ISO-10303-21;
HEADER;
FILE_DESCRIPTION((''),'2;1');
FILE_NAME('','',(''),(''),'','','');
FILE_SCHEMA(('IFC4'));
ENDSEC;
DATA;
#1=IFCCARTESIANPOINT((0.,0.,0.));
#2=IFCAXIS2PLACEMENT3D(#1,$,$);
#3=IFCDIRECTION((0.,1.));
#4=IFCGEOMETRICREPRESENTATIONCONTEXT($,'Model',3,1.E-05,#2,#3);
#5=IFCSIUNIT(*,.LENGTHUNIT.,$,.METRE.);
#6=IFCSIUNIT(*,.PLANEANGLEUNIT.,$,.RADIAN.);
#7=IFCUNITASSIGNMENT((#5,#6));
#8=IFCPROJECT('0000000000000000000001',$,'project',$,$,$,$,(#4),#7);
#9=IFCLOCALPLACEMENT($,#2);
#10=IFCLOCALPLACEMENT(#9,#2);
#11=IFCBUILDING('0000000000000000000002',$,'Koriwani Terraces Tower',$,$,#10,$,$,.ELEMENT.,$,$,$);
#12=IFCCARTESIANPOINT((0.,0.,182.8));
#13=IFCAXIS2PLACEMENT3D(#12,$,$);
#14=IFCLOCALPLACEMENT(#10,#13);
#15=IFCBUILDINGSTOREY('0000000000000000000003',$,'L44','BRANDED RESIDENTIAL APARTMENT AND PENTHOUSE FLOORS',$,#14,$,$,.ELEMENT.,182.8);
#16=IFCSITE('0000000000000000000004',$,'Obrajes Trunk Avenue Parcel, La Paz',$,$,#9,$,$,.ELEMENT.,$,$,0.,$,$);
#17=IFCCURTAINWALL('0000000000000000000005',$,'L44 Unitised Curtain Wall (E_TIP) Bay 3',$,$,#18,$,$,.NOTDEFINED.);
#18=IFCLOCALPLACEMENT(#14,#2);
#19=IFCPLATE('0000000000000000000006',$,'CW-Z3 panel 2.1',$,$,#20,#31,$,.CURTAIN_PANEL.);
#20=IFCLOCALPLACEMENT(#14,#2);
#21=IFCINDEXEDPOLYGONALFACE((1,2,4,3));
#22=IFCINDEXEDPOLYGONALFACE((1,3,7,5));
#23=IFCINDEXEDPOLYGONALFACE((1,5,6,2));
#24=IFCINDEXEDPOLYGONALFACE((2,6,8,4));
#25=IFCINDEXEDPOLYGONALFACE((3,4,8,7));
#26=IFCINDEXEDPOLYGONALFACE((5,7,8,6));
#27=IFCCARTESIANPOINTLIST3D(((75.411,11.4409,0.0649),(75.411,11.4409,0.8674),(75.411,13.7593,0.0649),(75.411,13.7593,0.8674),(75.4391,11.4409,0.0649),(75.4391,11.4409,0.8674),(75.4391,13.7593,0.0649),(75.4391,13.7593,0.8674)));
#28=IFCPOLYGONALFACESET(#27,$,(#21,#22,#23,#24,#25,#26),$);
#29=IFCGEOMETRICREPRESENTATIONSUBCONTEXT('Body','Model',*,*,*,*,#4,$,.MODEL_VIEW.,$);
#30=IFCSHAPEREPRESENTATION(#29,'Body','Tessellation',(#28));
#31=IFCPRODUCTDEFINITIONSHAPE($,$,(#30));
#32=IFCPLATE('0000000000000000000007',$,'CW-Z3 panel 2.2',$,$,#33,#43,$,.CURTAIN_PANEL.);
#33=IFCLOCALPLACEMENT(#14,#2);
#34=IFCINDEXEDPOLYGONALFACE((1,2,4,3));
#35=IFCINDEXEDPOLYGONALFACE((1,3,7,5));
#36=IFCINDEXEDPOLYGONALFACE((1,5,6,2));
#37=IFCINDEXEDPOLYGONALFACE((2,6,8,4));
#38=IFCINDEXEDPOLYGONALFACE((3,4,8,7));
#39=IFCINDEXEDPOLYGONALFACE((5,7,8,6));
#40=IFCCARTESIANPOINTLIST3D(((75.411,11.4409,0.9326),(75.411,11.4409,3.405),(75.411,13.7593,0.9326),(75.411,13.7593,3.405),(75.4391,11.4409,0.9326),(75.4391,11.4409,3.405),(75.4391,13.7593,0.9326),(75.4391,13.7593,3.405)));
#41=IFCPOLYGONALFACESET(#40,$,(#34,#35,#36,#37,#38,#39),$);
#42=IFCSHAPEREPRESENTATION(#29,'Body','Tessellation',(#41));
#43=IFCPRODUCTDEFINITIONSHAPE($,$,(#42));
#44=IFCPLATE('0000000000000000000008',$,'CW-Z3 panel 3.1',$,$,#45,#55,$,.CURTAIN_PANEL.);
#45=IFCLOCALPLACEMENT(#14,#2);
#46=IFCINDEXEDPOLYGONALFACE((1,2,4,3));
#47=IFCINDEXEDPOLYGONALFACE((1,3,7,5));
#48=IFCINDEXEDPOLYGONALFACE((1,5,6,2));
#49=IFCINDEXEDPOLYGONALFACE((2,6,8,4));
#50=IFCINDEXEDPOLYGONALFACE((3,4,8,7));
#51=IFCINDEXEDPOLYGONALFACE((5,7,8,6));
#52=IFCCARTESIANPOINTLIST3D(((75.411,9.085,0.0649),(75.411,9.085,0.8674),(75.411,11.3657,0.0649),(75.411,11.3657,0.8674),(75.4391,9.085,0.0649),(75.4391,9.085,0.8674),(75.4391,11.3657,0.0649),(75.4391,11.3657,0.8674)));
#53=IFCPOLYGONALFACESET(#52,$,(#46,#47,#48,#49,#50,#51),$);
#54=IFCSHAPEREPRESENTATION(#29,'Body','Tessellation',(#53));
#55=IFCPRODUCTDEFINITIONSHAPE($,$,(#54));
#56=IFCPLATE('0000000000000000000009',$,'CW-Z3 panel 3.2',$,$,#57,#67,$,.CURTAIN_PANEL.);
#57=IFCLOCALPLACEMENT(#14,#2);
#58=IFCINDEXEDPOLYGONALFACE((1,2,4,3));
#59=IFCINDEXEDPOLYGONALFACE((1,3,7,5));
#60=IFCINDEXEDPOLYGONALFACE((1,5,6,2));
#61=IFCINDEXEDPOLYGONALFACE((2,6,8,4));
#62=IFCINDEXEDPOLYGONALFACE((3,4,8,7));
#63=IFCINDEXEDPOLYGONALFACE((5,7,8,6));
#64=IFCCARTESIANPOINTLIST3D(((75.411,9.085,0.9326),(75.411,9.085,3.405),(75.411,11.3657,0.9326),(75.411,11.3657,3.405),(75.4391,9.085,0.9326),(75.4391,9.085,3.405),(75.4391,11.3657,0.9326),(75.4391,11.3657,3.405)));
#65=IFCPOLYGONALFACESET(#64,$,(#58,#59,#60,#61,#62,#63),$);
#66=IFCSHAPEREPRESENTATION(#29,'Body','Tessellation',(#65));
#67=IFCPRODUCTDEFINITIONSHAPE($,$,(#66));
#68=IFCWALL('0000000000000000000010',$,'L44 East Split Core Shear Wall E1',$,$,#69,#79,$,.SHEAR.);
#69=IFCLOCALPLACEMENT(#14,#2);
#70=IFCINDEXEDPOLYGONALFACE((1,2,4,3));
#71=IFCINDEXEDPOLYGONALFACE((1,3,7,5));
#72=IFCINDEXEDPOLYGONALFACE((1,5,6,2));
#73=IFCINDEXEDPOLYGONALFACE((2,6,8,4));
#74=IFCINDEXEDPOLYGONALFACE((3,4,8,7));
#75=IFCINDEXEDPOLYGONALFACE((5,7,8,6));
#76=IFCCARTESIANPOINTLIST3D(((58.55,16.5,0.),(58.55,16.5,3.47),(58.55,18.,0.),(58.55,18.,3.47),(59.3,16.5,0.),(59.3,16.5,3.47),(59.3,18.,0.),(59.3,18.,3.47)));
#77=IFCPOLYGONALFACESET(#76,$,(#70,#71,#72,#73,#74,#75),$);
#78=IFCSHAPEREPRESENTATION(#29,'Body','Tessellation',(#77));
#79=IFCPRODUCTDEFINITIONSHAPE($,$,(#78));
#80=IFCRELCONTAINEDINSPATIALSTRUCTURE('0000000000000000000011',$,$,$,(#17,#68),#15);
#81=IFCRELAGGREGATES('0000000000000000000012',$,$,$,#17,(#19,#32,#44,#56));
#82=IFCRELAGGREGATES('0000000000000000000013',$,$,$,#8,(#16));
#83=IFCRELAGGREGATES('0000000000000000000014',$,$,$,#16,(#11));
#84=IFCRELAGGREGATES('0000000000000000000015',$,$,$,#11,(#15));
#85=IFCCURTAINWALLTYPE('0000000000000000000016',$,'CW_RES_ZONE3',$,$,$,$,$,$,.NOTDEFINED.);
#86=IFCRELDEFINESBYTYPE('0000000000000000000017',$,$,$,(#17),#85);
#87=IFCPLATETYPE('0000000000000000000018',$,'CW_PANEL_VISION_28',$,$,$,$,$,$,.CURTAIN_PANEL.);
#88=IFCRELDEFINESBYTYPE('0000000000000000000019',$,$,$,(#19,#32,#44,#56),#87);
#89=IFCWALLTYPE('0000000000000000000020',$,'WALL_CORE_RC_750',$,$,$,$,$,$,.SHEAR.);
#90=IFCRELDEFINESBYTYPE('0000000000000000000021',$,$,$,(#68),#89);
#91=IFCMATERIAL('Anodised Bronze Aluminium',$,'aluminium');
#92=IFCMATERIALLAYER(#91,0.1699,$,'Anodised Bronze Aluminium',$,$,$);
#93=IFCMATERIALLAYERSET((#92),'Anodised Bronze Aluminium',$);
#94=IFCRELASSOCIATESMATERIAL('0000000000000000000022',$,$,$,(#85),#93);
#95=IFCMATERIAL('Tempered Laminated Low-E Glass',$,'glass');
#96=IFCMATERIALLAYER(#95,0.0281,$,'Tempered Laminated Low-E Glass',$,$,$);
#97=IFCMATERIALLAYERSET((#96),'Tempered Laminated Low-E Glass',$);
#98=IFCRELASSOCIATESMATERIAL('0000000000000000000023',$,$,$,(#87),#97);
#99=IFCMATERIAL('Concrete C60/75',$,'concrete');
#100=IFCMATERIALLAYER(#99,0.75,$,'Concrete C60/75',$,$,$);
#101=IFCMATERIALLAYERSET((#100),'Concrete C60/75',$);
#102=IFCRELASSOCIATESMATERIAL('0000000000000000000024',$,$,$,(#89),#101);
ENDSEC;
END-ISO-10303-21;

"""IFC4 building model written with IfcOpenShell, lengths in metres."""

from ifc_helpers import new_model, si_unit, direction, frame, frame_2d, origin, origin_2d, place, context, subcontext, project, spatial, rectangle, extrude, material, layer, layer_set, type_object, element, aggregate, save


model = new_model("IFC4")

# Units and contexts
model_context = context("Model", 3, precision=1e-05, world=origin(), true_north=direction((0.0, 1.0)))
body_context = subcontext(model_context, "Body", "Model", "MODEL_VIEW")
ifc_project = project(units=[si_unit("LENGTHUNIT", "METRE"), si_unit("PLANEANGLEUNIT", "RADIAN")], contexts=[model_context])

# Site, building, storey
site_placement = place(None, origin())
site = spatial("IfcSite", under=ifc_project, at=site_placement, Name="Obrajes Trunk Avenue Parcel, La Paz", CompositionType="ELEMENT", RefElevation=0.0)
building_placement = place(site_placement, origin())
building = spatial("IfcBuilding", under=site, at=building_placement, Name="Koriwani Terraces Tower", CompositionType="ELEMENT")
storey_placement = place(building_placement, frame((0.0, 0.0, 182.8)))
storey = spatial("IfcBuildingStorey", under=building, at=storey_placement, Name="L44", Description="BRANDED RESIDENTIAL APARTMENT AND PENTHOUSE FLOORS", CompositionType="ELEMENT", Elevation=182.8)

# Shared definitions
ifc_material_1 = material(Name="Concrete C60/75", Category="concrete")

# Shared definitions
ifc_material_2 = material(Name="Anodised Bronze Aluminium", Category="aluminium")
ifc_layer_1 = layer(ifc_material_2, 0.1699, Name="Anodised Bronze Aluminium")
ifc_layer_set_1 = layer_set([ifc_layer_1], Name="Anodised Bronze Aluminium")
curtain_wall_type = type_object("IfcCurtainWallType", Name="CW_RES_ZONE3", PredefinedType="NOTDEFINED", material=ifc_layer_set_1)

# Curtain wall
curtain_wall_1_placement = place(storey_placement, origin())
curtain_wall_1 = element("IfcCurtainWall", 1, at=curtain_wall_1_placement, inside=storey, type_object=curtain_wall_type, Name="L44 Unitised Curtain Wall (E_TIP) Bay 3", PredefinedType="NOTDEFINED")

# Plates
ifc_material_3 = material(Name="Tempered Laminated Low-E Glass", Category="glass")
ifc_layer_2 = layer(ifc_material_3, 0.0281, Name="Tempered Laminated Low-E Glass")
ifc_layer_set_2 = layer_set([ifc_layer_2], Name="Tempered Laminated Low-E Glass")
plate_type = type_object("IfcPlateType", Name="CW_PANEL_VISION_28", PredefinedType="CURTAIN_PANEL", material=ifc_layer_set_2)
plate_1_placement = place(storey_placement, frame((75.425, 12.6001, 0.0649), z_axis=(0.0, 0.0, 1.0), x_axis=(0.0, -1.0, 0.0)))
plate_1 = element("IfcPlate", 2, at=plate_1_placement, type_object=plate_type, Name="CW-Z3 panel 2.1", PredefinedType="CURTAIN_PANEL", context=body_context, shape_type="SweptSolid", body=[
    extrude(rectangle(XDim=2.3184, YDim=0.0281, at=origin_2d()), origin(), (0.0, 0.0, 1.0), 0.8025),
])
plate_2_placement = place(storey_placement, frame((75.425, 12.6001, 0.9326), z_axis=(0.0, 0.0, 1.0), x_axis=(0.0, -1.0, 0.0)))
plate_2 = element("IfcPlate", 3, at=plate_2_placement, type_object=plate_type, Name="CW-Z3 panel 2.2", PredefinedType="CURTAIN_PANEL", context=body_context, shape_type="SweptSolid", body=[
    extrude(rectangle(XDim=2.3184, YDim=0.0281, at=origin_2d()), origin(), (0.0, 0.0, 1.0), 2.4724),
])
plate_3_placement = place(storey_placement, frame((75.425, 10.2253, 0.0649), z_axis=(0.0, 0.0, 1.0), x_axis=(0.0, -1.0, 0.0)))
plate_3 = element("IfcPlate", 4, at=plate_3_placement, type_object=plate_type, Name="CW-Z3 panel 3.1", PredefinedType="CURTAIN_PANEL", context=body_context, shape_type="SweptSolid", body=[
    extrude(rectangle(XDim=2.2808, YDim=0.0281, at=origin_2d()), origin(), (0.0, 0.0, 1.0), 0.8025),
])
plate_4_placement = place(storey_placement, frame((75.425, 10.2253, 0.9326), z_axis=(0.0, 0.0, 1.0), x_axis=(0.0, -1.0, 0.0)))
plate_4 = element("IfcPlate", 5, at=plate_4_placement, type_object=plate_type, Name="CW-Z3 panel 3.2", PredefinedType="CURTAIN_PANEL", context=body_context, shape_type="SweptSolid", body=[
    extrude(rectangle(XDim=2.2808, YDim=0.0281, at=origin_2d()), origin(), (0.0, 0.0, 1.0), 2.4724),
])
aggregate(curtain_wall_1, [plate_1, plate_2, plate_3, plate_4])

# Wall
ifc_layer_3 = layer(ifc_material_1, 0.75, Name="Concrete C60/75")
ifc_layer_set_3 = layer_set([ifc_layer_3], Name="Concrete C60/75")
wall_type = type_object("IfcWallType", Name="WALL_CORE_RC_750", PredefinedType="SHEAR", material=ifc_layer_set_3)
wall_placement = place(storey_placement, frame((58.925, 16.5, 0.0), z_axis=(0.0, 0.0, 1.0), x_axis=(0.0, 1.0, 0.0)))
element("IfcWall", 6, at=wall_placement, inside=storey, type_object=wall_type, Name="L44 East Split Core Shear Wall E1", PredefinedType="SHEAR", context=body_context, shape_type="SweptSolid", body=[
    extrude(rectangle(XDim=1.5, YDim=0.75, at=frame_2d((0.75, 0.0))), origin(), (0.0, 0.0, 1.0), 3.47),
])

save(model, "model.ifc")
